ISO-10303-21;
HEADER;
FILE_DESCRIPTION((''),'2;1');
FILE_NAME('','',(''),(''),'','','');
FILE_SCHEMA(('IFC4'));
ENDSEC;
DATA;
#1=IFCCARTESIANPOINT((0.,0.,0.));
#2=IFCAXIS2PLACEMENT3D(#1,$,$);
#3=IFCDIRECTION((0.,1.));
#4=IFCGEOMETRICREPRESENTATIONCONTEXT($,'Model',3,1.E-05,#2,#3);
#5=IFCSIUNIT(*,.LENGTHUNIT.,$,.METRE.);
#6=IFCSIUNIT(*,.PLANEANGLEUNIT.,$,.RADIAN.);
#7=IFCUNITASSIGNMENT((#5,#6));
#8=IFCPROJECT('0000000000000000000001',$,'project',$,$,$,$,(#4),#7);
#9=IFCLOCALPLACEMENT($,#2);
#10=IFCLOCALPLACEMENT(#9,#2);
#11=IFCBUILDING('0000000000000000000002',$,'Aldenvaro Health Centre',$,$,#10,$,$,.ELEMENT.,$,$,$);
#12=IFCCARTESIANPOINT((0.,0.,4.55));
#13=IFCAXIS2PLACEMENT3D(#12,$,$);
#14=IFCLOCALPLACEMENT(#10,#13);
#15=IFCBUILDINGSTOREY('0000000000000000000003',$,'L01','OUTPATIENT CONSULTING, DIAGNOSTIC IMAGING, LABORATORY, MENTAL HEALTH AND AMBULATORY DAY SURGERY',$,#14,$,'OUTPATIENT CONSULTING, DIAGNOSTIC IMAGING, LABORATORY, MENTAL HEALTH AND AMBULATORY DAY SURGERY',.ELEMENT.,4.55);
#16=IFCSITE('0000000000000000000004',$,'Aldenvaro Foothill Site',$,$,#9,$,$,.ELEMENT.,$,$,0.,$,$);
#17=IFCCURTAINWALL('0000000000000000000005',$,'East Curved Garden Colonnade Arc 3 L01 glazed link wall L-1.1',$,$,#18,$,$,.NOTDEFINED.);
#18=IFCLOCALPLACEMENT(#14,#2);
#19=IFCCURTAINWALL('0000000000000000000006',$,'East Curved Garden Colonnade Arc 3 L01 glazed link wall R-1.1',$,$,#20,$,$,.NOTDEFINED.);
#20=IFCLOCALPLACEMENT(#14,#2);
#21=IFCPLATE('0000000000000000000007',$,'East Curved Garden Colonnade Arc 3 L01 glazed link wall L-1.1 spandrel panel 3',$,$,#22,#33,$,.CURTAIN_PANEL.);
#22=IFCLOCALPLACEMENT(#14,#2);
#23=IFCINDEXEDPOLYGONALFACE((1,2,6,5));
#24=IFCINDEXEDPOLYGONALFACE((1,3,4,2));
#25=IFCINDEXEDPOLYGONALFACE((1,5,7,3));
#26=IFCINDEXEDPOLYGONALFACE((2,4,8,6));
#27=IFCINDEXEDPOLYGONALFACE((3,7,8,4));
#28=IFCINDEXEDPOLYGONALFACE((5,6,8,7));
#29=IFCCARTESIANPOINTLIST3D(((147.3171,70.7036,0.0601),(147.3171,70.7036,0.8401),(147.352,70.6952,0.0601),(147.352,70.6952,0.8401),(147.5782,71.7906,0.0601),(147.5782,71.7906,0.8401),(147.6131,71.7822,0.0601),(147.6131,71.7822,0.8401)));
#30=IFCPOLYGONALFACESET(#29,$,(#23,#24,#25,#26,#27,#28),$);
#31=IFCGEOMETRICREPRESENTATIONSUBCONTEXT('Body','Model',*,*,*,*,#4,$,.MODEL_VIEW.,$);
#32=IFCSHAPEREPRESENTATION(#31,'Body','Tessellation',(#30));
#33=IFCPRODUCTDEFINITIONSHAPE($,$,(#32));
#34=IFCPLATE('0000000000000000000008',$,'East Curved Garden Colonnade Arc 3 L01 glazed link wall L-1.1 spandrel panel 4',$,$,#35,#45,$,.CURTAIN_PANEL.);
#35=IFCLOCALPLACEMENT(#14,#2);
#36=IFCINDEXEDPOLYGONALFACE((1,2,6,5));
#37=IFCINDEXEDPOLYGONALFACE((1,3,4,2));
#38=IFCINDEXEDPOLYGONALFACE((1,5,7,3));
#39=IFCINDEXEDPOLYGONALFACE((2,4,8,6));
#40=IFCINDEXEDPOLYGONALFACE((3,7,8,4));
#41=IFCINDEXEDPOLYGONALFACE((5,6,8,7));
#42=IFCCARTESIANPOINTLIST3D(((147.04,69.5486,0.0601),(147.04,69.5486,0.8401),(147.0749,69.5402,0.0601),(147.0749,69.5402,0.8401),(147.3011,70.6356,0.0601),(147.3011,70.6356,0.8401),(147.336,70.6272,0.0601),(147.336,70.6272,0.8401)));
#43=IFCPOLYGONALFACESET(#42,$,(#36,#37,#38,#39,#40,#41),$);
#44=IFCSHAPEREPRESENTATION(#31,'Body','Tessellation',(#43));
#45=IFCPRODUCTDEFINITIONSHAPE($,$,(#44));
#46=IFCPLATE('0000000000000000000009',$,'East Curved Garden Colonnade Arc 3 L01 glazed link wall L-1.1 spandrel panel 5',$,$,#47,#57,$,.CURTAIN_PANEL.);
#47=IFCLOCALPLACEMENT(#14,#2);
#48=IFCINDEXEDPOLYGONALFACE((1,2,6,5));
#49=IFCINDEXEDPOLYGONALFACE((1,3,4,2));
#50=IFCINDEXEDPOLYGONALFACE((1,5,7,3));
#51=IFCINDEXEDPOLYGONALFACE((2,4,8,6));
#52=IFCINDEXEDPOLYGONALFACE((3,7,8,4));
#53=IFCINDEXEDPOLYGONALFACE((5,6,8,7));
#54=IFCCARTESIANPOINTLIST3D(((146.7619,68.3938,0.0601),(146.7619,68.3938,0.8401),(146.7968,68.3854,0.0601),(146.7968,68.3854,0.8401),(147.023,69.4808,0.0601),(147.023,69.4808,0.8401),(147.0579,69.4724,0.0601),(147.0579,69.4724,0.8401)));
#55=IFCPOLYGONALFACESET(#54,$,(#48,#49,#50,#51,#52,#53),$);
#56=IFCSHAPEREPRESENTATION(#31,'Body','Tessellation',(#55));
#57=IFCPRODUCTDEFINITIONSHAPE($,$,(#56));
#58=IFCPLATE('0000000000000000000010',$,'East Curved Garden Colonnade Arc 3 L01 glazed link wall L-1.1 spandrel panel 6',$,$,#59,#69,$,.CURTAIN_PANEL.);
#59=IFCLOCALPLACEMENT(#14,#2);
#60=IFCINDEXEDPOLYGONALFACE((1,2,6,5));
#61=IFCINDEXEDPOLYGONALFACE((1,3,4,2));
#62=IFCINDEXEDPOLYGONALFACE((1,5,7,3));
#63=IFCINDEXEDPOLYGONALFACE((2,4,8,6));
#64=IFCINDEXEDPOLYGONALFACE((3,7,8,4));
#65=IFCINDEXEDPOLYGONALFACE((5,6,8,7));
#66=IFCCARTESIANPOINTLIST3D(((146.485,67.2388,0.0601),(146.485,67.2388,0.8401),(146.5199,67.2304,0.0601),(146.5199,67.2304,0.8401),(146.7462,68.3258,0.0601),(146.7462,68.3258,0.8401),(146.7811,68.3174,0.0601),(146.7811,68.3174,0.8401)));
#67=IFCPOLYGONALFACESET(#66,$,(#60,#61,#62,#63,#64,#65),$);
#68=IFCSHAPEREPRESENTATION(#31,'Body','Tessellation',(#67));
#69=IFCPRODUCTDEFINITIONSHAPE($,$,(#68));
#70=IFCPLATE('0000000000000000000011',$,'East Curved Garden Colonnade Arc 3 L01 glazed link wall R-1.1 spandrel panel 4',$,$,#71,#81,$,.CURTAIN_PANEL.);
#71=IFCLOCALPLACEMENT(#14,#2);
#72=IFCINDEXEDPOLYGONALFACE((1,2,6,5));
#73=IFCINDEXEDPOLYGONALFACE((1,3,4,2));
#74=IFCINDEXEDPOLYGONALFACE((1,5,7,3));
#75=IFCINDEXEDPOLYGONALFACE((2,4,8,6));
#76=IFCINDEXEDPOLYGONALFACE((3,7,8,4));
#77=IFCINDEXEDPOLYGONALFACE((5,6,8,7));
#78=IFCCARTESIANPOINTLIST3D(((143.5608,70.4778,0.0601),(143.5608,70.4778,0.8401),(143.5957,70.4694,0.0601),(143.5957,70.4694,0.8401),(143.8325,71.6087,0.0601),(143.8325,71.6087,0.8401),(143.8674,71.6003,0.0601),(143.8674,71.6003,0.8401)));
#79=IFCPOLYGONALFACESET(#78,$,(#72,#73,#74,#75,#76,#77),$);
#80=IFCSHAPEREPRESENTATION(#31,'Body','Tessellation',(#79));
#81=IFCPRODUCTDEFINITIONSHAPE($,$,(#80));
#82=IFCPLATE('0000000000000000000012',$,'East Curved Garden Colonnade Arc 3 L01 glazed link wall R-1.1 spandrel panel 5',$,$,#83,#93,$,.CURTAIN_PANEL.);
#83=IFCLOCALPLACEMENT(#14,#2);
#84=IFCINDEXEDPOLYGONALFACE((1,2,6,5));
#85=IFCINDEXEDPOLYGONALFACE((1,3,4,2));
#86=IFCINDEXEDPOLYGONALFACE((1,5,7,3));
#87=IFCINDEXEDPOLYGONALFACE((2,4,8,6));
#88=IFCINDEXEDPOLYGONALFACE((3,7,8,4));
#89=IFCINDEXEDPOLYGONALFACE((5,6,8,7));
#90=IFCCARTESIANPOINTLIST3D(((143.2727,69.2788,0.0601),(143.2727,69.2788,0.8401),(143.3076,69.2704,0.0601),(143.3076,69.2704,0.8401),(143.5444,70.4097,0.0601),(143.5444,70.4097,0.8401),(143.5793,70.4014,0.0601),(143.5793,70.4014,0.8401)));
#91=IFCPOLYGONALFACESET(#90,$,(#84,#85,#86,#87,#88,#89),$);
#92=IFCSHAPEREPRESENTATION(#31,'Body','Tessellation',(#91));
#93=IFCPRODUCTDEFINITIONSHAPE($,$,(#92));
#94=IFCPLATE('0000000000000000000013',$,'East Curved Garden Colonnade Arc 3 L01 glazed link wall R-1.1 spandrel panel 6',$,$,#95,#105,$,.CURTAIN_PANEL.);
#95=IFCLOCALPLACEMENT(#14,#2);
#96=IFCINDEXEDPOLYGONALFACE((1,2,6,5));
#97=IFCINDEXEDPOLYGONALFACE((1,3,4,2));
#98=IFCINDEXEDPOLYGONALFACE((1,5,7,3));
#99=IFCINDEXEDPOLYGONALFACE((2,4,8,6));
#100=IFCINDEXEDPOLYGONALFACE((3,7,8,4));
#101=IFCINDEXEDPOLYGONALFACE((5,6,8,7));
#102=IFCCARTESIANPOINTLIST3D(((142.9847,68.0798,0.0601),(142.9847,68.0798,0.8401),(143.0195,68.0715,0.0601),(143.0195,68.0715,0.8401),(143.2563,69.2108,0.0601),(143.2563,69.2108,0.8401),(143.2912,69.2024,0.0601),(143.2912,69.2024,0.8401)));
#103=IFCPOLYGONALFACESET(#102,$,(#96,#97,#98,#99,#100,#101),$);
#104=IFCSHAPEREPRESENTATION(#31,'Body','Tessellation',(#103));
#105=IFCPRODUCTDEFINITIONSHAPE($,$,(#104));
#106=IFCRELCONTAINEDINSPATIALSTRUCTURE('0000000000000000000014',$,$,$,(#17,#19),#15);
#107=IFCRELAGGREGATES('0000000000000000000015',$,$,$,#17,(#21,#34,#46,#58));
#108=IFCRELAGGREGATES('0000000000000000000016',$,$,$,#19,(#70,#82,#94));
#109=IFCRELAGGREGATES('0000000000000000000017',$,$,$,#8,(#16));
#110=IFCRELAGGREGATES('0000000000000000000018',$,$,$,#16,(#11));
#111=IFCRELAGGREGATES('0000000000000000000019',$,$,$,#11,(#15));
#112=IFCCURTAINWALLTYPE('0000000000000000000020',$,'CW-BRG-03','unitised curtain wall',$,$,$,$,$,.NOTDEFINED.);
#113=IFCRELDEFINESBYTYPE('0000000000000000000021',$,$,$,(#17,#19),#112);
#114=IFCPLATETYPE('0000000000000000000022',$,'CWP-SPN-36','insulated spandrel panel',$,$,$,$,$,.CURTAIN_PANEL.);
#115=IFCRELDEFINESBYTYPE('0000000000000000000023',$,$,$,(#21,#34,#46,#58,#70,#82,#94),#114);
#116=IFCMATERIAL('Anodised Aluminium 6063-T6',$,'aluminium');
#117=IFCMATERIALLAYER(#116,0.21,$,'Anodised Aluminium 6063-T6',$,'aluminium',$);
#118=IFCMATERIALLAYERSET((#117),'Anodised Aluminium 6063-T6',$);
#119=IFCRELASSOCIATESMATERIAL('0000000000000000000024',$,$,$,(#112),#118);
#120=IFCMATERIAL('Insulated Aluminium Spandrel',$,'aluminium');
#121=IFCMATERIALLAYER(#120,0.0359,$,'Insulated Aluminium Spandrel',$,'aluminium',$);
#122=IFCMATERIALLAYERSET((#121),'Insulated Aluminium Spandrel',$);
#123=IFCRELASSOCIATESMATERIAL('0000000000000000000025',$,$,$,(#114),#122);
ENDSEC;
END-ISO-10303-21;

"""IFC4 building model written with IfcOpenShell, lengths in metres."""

from ifc_helpers import new_model, si_unit, direction, frame, origin, origin_2d, place, context, subcontext, project, spatial, rectangle, extrude, material, layer, layer_set, type_object, element, aggregate, save


model = new_model("IFC4")

# Units and contexts
model_context = context("Model", 3, precision=1e-05, world=origin(), true_north=direction((0.0, 1.0)))
body_context = subcontext(model_context, "Body", "Model", "MODEL_VIEW")
ifc_project = project(units=[si_unit("LENGTHUNIT", "METRE"), si_unit("PLANEANGLEUNIT", "RADIAN")], contexts=[model_context])

# Site, building, storey
site_placement = place(None, origin())
site = spatial("IfcSite", under=ifc_project, at=site_placement, Name="Aldenvaro Foothill Site", CompositionType="ELEMENT", RefElevation=0.0)
building_placement = place(site_placement, origin())
building = spatial("IfcBuilding", under=site, at=building_placement, Name="Aldenvaro Health Centre", CompositionType="ELEMENT")
storey_placement = place(building_placement, frame((0.0, 0.0, 4.55)))
storey = spatial("IfcBuildingStorey", under=building, at=storey_placement, Name="L01", Description="OUTPATIENT CONSULTING, DIAGNOSTIC IMAGING, LABORATORY, MENTAL HEALTH AND AMBULATORY DAY SURGERY", LongName="OUTPATIENT CONSULTING, DIAGNOSTIC IMAGING, LABORATORY, MENTAL HEALTH AND AMBULATORY DAY SURGERY", CompositionType="ELEMENT", Elevation=4.55)

# Curtain walls
ifc_material_1 = material(Name="Anodised Aluminium 6063-T6", Category="aluminium")
ifc_layer_1 = layer(ifc_material_1, 0.21, Name="Anodised Aluminium 6063-T6", Category="aluminium")
ifc_layer_set_1 = layer_set([ifc_layer_1], Name="Anodised Aluminium 6063-T6")
curtain_wall_type = type_object("IfcCurtainWallType", Name="CW-BRG-03", Description="unitised curtain wall", PredefinedType="NOTDEFINED", material=ifc_layer_set_1)
curtain_wall_1_placement = place(storey_placement, origin())
curtain_wall_1 = element("IfcCurtainWall", 1, at=curtain_wall_1_placement, inside=storey, type_object=curtain_wall_type, Name="East Curved Garden Colonnade Arc 3 L01 glazed link wall L-1.1", PredefinedType="NOTDEFINED")
curtain_wall_2_placement = place(storey_placement, origin())
curtain_wall_2 = element("IfcCurtainWall", 2, at=curtain_wall_2_placement, inside=storey, type_object=curtain_wall_type, Name="East Curved Garden Colonnade Arc 3 L01 glazed link wall R-1.1", PredefinedType="NOTDEFINED")

# Plates
ifc_material_2 = material(Name="Insulated Aluminium Spandrel", Category="aluminium")
ifc_layer_2 = layer(ifc_material_2, 0.0359, Name="Insulated Aluminium Spandrel", Category="aluminium")
ifc_layer_set_2 = layer_set([ifc_layer_2], Name="Insulated Aluminium Spandrel")
plate_type_1 = type_object("IfcPlateType", Name="CWP-SPN-36", Description="insulated spandrel panel", PredefinedType="CURTAIN_PANEL", material=ifc_layer_set_2)
plate_1_placement = place(storey_placement, frame((147.4651, 71.2429, 0.0601), z_axis=(0.0, 0.0, 1.0), x_axis=(-0.233612, -0.97233, 0.0)))
plate_1 = element("IfcPlate", 3, at=plate_1_placement, type_object=plate_type_1, Name="East Curved Garden Colonnade Arc 3 L01 glazed link wall L-1.1 spandrel panel 3", PredefinedType="CURTAIN_PANEL", context=body_context, shape_type="SweptSolid", body=[
    extrude(rectangle(XDim=1.1179, YDim=0.0359, at=origin_2d()), origin(), (0.0, 0.0, 1.0), 0.78),
])
plate_2_placement = place(storey_placement, frame((147.188, 70.0879, 0.0601), z_axis=(0.0, 0.0, 1.0), x_axis=(-0.233612, -0.97233, 0.0)))
plate_2 = element("IfcPlate", 4, at=plate_2_placement, type_object=plate_type_1, Name="East Curved Garden Colonnade Arc 3 L01 glazed link wall L-1.1 spandrel panel 4", PredefinedType="CURTAIN_PANEL", context=body_context, shape_type="SweptSolid", body=[
    extrude(rectangle(XDim=1.1179, YDim=0.0359, at=origin_2d()), origin(), (0.0, 0.0, 1.0), 0.78),
])
plate_3_placement = place(storey_placement, frame((146.9099, 68.9331, 0.0601), z_axis=(0.0, 0.0, 1.0), x_axis=(-0.233612, -0.97233, 0.0)))
plate_3 = element("IfcPlate", 5, at=plate_3_placement, type_object=plate_type_1, Name="East Curved Garden Colonnade Arc 3 L01 glazed link wall L-1.1 spandrel panel 5", PredefinedType="CURTAIN_PANEL", context=body_context, shape_type="SweptSolid", body=[
    extrude(rectangle(XDim=1.1179, YDim=0.0359, at=origin_2d()), origin(), (0.0, 0.0, 1.0), 0.78),
])
plate_4_placement = place(storey_placement, frame((146.6331, 67.7781, 0.0601), z_axis=(0.0, 0.0, 1.0), x_axis=(-0.233612, -0.97233, 0.0)))
plate_4 = element("IfcPlate", 6, at=plate_4_placement, type_object=plate_type_1, Name="East Curved Garden Colonnade Arc 3 L01 glazed link wall L-1.1 spandrel panel 6", PredefinedType="CURTAIN_PANEL", context=body_context, shape_type="SweptSolid", body=[
    extrude(rectangle(XDim=1.1179, YDim=0.0359, at=origin_2d()), origin(), (0.0, 0.0, 1.0), 0.78),
])
aggregate(curtain_wall_1, [plate_1, plate_2, plate_3, plate_4])
plate_5_placement = place(storey_placement, frame((143.7141, 71.0391, 0.0601), z_axis=(0.0, 0.0, 1.0), x_axis=(-0.233588, -0.972336, 0.0)))
plate_5 = element("IfcPlate", 7, at=plate_5_placement, type_object=plate_type_1, Name="East Curved Garden Colonnade Arc 3 L01 glazed link wall R-1.1 spandrel panel 4", PredefinedType="CURTAIN_PANEL", context=body_context, shape_type="SweptSolid", body=[
    extrude(rectangle(XDim=1.1631, YDim=0.0359, at=origin_2d()), origin(), (0.0, 0.0, 1.0), 0.78),
])
plate_6_placement = place(storey_placement, frame((143.426, 69.8401, 0.0601), z_axis=(0.0, 0.0, 1.0), x_axis=(-0.233588, -0.972336, 0.0)))
plate_6 = element("IfcPlate", 8, at=plate_6_placement, type_object=plate_type_1, Name="East Curved Garden Colonnade Arc 3 L01 glazed link wall R-1.1 spandrel panel 5", PredefinedType="CURTAIN_PANEL", context=body_context, shape_type="SweptSolid", body=[
    extrude(rectangle(XDim=1.1631, YDim=0.0359, at=origin_2d()), origin(), (0.0, 0.0, 1.0), 0.78),
])
plate_7_placement = place(storey_placement, frame((143.1379, 68.6411, 0.0601), z_axis=(0.0, 0.0, 1.0), x_axis=(-0.233588, -0.972336, 0.0)))
plate_7 = element("IfcPlate", 9, at=plate_7_placement, type_object=plate_type_1, Name="East Curved Garden Colonnade Arc 3 L01 glazed link wall R-1.1 spandrel panel 6", PredefinedType="CURTAIN_PANEL", context=body_context, shape_type="SweptSolid", body=[
    extrude(rectangle(XDim=1.1631, YDim=0.0359, at=origin_2d()), origin(), (0.0, 0.0, 1.0), 0.78),
])
aggregate(curtain_wall_2, [plate_5, plate_6, plate_7])

save(model, "model.ifc")
